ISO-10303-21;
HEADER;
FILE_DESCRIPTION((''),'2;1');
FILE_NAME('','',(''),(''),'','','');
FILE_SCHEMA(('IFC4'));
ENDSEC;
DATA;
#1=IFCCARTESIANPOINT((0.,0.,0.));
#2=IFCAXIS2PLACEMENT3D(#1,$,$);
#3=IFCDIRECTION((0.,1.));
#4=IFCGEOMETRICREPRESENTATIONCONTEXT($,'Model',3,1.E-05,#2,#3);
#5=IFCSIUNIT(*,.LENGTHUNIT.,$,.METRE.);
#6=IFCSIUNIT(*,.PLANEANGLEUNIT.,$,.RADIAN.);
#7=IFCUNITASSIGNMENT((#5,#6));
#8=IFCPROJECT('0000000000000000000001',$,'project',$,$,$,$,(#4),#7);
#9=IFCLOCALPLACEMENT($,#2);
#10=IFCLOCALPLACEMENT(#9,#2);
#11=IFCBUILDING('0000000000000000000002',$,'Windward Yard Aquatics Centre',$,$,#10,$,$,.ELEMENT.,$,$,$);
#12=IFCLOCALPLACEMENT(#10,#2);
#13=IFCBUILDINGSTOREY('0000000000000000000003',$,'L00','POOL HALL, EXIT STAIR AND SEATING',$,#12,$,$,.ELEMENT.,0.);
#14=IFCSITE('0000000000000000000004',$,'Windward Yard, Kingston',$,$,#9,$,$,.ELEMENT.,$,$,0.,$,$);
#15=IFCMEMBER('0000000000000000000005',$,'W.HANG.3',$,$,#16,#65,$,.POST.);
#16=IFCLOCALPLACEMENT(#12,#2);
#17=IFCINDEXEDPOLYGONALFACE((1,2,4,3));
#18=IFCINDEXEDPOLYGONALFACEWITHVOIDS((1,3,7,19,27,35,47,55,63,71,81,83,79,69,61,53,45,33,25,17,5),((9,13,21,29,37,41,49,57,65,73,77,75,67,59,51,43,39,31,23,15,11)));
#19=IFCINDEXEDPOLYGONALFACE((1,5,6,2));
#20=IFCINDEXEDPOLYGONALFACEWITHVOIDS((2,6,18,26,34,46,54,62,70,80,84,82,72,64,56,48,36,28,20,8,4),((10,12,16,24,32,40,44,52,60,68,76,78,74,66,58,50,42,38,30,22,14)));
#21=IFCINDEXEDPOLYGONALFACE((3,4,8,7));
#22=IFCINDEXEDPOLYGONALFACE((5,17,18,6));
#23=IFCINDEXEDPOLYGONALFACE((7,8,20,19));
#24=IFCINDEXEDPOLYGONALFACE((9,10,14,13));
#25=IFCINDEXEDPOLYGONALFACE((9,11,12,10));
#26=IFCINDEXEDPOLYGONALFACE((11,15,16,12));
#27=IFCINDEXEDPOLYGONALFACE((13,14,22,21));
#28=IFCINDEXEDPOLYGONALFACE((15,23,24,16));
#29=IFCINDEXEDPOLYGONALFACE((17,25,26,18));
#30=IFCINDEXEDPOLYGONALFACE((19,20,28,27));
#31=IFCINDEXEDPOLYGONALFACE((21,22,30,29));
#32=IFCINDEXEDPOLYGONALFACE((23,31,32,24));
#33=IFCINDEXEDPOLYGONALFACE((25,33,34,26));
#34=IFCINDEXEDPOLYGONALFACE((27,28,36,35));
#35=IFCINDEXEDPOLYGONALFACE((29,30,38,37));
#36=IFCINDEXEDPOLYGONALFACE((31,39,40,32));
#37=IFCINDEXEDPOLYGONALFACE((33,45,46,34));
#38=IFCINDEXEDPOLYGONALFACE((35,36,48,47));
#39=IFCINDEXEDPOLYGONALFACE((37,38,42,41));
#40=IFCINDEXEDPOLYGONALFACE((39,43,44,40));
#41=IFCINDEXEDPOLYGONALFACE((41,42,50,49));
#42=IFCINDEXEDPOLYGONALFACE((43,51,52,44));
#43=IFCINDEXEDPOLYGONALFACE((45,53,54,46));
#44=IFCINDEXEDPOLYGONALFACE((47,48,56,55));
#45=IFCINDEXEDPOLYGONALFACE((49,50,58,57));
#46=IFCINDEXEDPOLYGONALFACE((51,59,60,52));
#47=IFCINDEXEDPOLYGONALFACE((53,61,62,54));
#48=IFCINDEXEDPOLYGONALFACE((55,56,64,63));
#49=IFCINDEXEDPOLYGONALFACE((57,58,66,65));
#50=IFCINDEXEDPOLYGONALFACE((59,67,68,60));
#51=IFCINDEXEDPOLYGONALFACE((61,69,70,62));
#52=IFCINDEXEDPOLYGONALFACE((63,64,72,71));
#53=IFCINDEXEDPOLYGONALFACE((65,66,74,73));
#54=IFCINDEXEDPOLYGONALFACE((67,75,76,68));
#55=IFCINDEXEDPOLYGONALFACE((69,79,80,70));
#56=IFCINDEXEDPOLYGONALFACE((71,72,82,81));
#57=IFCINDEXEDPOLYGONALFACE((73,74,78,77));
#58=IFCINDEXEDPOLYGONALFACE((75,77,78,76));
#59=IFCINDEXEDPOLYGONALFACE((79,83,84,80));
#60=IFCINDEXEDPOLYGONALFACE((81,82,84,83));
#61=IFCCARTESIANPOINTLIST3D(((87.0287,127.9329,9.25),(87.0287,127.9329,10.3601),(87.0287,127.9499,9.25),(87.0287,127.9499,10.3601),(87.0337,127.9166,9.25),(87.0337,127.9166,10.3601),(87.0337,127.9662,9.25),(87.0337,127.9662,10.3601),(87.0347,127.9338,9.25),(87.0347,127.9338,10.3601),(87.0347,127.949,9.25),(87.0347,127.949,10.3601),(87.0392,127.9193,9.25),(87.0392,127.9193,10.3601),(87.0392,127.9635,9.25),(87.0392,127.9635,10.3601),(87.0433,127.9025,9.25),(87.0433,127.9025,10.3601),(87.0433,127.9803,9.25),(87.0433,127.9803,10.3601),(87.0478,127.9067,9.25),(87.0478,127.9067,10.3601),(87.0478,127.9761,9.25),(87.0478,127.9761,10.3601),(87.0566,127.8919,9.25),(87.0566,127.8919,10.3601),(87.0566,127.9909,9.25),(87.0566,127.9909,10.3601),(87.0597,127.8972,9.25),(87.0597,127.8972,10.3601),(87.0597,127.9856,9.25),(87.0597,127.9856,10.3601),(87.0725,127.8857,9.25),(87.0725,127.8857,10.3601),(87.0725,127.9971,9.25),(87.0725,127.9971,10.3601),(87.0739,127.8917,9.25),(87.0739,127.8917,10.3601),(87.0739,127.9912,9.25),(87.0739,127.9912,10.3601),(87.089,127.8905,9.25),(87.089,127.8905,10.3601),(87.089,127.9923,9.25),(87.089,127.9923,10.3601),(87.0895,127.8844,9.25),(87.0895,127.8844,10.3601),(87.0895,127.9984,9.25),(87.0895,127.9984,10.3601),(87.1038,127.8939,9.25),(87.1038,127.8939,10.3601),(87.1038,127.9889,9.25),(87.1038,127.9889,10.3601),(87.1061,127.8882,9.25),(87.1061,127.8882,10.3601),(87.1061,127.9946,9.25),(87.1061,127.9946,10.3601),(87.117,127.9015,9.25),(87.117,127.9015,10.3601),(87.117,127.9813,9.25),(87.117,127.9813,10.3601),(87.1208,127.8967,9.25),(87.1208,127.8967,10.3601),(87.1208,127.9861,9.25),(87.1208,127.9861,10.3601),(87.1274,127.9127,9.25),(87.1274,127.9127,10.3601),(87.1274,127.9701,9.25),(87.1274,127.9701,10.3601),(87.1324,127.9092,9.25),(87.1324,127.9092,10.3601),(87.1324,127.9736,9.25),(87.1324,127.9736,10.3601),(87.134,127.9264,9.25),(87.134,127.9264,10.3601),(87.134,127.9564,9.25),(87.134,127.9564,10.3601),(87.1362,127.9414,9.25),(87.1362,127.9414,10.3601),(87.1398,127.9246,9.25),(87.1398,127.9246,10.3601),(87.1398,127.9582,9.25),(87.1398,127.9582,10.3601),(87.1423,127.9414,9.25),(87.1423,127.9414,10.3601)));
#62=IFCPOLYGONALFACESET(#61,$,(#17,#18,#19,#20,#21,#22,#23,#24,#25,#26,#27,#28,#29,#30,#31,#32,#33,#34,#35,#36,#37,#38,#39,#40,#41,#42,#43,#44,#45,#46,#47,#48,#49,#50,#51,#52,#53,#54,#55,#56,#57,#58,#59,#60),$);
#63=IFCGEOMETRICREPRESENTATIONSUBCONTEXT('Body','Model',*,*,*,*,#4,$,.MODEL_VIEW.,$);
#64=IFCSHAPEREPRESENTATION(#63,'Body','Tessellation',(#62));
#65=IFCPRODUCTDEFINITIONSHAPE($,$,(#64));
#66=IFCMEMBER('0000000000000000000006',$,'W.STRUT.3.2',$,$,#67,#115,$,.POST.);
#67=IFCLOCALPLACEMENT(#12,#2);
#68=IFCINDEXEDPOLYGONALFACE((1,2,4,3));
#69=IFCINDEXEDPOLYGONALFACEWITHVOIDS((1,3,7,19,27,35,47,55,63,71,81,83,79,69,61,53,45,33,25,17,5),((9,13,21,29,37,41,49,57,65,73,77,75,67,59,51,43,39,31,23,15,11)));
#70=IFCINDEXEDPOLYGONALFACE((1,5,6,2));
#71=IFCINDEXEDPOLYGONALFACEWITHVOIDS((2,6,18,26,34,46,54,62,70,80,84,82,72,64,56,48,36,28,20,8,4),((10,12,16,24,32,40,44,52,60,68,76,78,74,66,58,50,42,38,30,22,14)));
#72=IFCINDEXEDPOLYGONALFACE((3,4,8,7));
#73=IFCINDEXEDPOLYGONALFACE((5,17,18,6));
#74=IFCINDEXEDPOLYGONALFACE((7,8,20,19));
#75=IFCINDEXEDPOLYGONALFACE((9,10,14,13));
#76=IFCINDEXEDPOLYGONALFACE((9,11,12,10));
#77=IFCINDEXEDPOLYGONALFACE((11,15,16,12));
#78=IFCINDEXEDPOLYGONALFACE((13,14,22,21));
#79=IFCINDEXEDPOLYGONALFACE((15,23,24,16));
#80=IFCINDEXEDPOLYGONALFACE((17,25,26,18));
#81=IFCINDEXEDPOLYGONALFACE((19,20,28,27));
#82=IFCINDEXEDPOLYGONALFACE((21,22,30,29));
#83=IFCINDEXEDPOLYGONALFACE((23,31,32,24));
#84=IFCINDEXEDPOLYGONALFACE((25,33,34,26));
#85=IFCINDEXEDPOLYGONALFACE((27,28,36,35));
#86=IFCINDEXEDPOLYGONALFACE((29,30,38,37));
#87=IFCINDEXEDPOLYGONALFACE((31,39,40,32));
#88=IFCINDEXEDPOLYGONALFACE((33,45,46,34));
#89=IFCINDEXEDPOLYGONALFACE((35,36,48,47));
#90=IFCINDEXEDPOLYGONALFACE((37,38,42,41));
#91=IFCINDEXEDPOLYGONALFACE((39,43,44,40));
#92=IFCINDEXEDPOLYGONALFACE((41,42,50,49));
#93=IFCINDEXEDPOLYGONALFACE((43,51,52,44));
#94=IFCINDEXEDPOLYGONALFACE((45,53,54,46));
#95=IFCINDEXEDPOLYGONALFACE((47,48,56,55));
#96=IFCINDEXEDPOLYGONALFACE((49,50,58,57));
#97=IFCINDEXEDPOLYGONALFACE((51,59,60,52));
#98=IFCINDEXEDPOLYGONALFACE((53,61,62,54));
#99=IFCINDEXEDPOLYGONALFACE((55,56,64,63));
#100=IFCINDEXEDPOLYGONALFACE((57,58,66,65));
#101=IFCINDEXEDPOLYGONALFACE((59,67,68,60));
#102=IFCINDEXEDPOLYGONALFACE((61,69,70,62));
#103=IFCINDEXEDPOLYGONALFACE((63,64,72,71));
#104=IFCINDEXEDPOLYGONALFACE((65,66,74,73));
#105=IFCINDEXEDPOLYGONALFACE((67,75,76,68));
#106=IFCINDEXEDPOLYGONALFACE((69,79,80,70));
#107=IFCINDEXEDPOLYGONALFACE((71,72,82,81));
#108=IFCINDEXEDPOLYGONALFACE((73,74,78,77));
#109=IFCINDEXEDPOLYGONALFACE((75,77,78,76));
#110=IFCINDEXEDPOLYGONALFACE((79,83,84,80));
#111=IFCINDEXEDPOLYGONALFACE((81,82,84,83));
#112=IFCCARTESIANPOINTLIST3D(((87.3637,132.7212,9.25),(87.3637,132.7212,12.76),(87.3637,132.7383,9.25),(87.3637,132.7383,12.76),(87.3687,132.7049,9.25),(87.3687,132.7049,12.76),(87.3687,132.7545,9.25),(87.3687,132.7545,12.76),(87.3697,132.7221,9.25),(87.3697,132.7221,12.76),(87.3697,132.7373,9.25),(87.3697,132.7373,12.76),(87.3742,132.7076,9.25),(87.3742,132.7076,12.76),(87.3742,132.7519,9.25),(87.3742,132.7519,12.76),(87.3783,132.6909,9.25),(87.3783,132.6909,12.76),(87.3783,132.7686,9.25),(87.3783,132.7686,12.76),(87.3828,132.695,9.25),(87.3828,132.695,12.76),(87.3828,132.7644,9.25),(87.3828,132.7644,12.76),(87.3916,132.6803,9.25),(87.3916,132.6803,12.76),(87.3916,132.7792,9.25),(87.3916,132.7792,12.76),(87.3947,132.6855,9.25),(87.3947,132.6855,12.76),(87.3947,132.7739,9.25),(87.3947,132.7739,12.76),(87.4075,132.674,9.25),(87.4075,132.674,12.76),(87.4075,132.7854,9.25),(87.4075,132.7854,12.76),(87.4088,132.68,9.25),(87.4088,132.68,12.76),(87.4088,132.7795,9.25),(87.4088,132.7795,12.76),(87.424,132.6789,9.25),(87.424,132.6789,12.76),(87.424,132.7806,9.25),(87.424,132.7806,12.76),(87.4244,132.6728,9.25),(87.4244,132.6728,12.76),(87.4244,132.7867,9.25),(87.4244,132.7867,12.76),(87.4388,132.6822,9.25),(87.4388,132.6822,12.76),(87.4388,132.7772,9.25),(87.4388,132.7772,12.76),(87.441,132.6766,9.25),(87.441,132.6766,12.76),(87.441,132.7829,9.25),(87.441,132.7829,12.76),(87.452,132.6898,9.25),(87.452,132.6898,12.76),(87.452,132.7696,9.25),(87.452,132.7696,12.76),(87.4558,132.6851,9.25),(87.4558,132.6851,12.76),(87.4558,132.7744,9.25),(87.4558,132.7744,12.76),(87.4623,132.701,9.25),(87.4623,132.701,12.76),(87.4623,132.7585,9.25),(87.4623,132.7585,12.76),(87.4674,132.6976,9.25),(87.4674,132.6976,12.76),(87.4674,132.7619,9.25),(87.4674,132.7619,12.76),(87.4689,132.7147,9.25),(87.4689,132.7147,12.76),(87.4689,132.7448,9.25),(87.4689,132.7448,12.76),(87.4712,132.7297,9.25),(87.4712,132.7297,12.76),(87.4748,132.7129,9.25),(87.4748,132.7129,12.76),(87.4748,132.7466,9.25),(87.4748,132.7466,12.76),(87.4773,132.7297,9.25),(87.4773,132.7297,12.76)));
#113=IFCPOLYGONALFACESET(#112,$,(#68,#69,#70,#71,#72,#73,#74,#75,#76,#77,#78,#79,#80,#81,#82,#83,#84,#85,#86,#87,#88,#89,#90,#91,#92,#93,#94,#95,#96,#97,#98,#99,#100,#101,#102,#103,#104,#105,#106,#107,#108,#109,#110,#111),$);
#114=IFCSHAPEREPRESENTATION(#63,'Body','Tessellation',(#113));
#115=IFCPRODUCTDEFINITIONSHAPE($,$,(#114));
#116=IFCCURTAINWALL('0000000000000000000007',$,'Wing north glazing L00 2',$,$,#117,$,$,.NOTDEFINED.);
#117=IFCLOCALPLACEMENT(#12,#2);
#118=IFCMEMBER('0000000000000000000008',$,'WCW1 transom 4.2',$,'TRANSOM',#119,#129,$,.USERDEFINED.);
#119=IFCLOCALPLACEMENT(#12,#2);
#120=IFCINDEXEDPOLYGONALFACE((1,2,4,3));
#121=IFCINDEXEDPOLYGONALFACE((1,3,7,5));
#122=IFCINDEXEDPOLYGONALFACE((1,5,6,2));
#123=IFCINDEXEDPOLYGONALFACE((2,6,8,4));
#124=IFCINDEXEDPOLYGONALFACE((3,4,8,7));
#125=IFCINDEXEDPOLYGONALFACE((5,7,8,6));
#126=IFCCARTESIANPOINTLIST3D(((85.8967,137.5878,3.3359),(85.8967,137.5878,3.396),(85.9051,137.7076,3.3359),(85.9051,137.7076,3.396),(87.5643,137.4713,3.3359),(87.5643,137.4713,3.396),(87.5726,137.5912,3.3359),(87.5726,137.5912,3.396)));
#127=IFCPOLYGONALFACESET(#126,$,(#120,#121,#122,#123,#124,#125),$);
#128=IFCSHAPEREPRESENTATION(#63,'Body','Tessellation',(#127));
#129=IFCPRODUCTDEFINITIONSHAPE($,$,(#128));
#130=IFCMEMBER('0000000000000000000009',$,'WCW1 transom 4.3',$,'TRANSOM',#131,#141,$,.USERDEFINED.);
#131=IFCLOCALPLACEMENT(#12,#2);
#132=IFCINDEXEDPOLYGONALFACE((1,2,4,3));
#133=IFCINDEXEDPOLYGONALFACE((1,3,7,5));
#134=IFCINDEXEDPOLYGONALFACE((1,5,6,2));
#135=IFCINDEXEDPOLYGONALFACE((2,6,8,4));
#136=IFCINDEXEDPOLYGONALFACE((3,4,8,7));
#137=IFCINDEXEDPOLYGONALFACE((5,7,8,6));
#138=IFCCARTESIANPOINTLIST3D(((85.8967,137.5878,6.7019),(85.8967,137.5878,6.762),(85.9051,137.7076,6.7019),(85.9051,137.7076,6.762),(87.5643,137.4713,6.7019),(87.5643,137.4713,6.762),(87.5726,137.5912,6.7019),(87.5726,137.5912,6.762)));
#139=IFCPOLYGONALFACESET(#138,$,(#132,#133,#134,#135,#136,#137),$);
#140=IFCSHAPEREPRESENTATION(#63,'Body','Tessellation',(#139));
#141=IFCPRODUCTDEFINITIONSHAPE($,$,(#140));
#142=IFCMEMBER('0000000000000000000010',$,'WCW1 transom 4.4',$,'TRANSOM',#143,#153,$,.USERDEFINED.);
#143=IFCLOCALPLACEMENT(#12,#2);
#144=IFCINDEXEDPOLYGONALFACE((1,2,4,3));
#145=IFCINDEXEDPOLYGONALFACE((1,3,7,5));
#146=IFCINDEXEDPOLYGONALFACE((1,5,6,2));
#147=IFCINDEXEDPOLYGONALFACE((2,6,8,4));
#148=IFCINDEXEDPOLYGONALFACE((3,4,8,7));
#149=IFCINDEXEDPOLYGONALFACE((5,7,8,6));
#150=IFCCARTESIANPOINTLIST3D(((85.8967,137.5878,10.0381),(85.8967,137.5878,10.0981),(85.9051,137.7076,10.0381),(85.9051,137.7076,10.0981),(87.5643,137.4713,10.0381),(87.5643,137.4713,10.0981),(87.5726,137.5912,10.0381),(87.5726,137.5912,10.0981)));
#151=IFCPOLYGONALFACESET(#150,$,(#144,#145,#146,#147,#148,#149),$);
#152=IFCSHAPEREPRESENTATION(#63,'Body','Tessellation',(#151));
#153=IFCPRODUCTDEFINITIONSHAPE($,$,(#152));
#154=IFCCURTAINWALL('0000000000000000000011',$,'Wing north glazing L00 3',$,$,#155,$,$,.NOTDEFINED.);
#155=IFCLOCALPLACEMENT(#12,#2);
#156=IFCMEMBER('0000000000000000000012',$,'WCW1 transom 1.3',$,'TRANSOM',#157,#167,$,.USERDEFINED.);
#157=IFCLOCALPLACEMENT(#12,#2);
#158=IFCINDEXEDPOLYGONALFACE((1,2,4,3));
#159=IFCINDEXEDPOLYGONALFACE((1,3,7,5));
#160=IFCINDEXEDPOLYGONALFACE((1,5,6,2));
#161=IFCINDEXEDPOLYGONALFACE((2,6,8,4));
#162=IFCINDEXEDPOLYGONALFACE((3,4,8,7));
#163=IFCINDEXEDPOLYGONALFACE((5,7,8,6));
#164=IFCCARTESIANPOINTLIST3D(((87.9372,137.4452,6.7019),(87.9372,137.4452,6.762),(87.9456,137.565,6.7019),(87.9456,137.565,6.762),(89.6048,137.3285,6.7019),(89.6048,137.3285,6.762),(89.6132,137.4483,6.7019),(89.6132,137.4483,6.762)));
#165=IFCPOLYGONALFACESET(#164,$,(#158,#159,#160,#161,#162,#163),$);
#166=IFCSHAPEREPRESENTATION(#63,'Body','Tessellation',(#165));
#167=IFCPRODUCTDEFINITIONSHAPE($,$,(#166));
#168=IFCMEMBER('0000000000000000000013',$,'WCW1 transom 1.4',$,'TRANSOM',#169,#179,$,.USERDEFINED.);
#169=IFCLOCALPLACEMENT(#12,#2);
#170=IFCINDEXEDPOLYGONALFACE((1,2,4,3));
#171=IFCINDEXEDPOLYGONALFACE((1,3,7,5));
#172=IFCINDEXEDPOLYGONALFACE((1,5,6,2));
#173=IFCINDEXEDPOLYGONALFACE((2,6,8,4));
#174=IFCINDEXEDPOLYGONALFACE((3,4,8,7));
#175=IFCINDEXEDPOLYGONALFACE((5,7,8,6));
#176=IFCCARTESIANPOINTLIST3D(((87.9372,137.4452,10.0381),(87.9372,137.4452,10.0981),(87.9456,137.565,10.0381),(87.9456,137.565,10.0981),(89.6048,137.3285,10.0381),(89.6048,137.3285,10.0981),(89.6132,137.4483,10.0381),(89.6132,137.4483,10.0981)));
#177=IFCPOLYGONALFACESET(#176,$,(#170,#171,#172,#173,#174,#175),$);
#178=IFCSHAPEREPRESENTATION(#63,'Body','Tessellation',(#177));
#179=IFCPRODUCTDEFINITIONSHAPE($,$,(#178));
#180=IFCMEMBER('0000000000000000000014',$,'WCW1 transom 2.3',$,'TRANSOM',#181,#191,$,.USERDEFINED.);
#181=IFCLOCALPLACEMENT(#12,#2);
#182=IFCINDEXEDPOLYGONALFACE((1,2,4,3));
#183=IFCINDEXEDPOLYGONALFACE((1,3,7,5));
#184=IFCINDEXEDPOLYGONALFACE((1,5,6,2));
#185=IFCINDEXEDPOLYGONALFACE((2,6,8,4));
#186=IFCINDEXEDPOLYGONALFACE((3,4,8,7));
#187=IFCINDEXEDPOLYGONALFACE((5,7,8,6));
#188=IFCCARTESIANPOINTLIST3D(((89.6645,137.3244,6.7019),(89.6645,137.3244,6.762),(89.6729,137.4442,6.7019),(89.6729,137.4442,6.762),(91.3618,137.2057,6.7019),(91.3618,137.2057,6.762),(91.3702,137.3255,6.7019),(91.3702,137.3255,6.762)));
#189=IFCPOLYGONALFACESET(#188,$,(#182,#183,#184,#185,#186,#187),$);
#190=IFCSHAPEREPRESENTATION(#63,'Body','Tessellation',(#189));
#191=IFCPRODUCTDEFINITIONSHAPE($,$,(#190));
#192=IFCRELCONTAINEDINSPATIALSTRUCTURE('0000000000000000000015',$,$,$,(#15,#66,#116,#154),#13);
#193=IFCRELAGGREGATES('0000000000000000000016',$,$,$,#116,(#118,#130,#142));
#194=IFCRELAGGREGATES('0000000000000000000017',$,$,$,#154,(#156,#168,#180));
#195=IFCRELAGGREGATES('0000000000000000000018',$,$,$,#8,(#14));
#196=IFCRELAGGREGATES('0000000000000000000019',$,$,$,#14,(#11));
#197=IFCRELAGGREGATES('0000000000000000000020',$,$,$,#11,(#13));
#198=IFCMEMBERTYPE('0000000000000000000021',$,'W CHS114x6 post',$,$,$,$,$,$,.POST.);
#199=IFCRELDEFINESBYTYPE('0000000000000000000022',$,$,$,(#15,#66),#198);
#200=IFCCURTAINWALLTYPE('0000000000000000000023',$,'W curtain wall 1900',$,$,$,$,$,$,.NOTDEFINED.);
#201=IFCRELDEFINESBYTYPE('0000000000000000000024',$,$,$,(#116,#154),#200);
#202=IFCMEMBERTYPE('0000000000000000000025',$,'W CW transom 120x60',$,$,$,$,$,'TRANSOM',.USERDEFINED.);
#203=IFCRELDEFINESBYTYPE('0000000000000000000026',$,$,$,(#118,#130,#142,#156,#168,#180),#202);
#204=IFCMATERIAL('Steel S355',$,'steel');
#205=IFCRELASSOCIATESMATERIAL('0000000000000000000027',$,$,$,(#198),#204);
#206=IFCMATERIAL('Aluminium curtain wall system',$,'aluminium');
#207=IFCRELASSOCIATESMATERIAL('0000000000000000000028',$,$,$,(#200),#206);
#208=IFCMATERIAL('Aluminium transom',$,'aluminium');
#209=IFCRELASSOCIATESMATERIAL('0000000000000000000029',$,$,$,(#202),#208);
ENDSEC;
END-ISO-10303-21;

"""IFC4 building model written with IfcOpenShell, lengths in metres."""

from ifc_helpers import new_model, si_unit, direction, frame, origin, origin_2d, place, context, subcontext, project, spatial, rectangle, hollow_circle, extrude, material, material_profile, profile_set, type_object, element, aggregate, save


model = new_model("IFC4")

# Units and contexts
model_context = context("Model", 3, precision=1e-05, world=origin(), true_north=direction((0.0, 1.0)))
body_context = subcontext(model_context, "Body", "Model", "MODEL_VIEW")
ifc_project = project(units=[si_unit("LENGTHUNIT", "METRE"), si_unit("PLANEANGLEUNIT", "RADIAN")], contexts=[model_context])

# Site, building, storey
site_placement = place(None, origin())
site = spatial("IfcSite", under=ifc_project, at=site_placement, Name="Windward Yard, Kingston", CompositionType="ELEMENT", RefElevation=0.0)
building_placement = place(site_placement, origin())
building = spatial("IfcBuilding", under=site, at=building_placement, Name="Windward Yard Aquatics Centre", CompositionType="ELEMENT")
storey_placement = place(building_placement, origin())
storey = spatial("IfcBuildingStorey", under=building, at=storey_placement, Name="L00", Description="POOL HALL, EXIT STAIR AND SEATING", CompositionType="ELEMENT", Elevation=0.0)

# Members
ifc_material_1 = material(Name="Steel S355", Category="steel")
ifc_material_profile_1 = material_profile(ifc_material_1, hollow_circle(Radius=0.0571, WallThickness=0.0061, at=origin_2d()), Name="CHS114x6")
ifc_profile_set_1 = profile_set([ifc_material_profile_1], Name="Steel S355")
member_type_1 = type_object("IfcMemberType", Name="W CHS114x6 post", PredefinedType="POST", material=ifc_profile_set_1)
member_1_placement = place(storey_placement, frame((87.0852, 127.9414, 9.25), z_axis=(0.0, 0.0, 1.0), x_axis=(1.0, 0.0, 0.0)))
element("IfcMember", 1, at=member_1_placement, inside=storey, type_object=member_type_1, Name="W.HANG.3", PredefinedType="POST", context=body_context, shape_type="SweptSolid", body=[
    extrude(hollow_circle(Radius=0.0571, WallThickness=0.0061, at=origin_2d()), origin(), (0.0, 0.0, 1.0), 1.1101),
])
member_2_placement = place(storey_placement, frame((87.4202, 132.7297, 9.25), z_axis=(0.0, 0.0, 1.0), x_axis=(1.0, 0.0, 0.0)))
element("IfcMember", 2, at=member_2_placement, inside=storey, type_object=member_type_1, Name="W.STRUT.3.2", PredefinedType="POST", context=body_context, shape_type="SweptSolid", body=[
    extrude(hollow_circle(Radius=0.0571, WallThickness=0.0061, at=origin_2d()), origin(), (0.0, 0.0, 1.0), 3.51),
])

# Curtain walls, members
ifc_material_2 = material(Name="Aluminium curtain wall system", Category="aluminium")
curtain_wall_type = type_object("IfcCurtainWallType", Name="W curtain wall 1900", PredefinedType="NOTDEFINED", material=ifc_material_2)
curtain_wall_1_placement = place(storey_placement, origin())
curtain_wall_1 = element("IfcCurtainWall", 3, at=curtain_wall_1_placement, inside=storey, type_object=curtain_wall_type, Name="Wing north glazing L00 2", PredefinedType="NOTDEFINED")
ifc_material_3 = material(Name="Aluminium transom", Category="aluminium")
ifc_material_profile_2 = material_profile(ifc_material_3, rectangle(XDim=0.1201, YDim=0.0601, at=origin_2d()), Name="AL 120x60")
ifc_profile_set_2 = profile_set([ifc_material_profile_2], Name="Aluminium transom")
member_type_2 = type_object("IfcMemberType", Name="W CW transom 120x60", ElementType="TRANSOM", PredefinedType="USERDEFINED", material=ifc_profile_set_2)
member_3_placement = place(storey_placement, frame((85.9009, 137.6477, 3.366), z_axis=(0.99757, -0.069669, 0.0), x_axis=(0.069669, 0.99757, 0.0)))
member_3 = element("IfcMember", 4, at=member_3_placement, type_object=member_type_2, Name="WCW1 transom 4.2", ObjectType="TRANSOM", PredefinedType="USERDEFINED", context=body_context, shape_type="SweptSolid", body=[
    extrude(rectangle(XDim=0.1201, YDim=0.0601, at=origin_2d()), origin(), (0.0, 0.0, 1.0), 1.6716),
])
member_4_placement = place(storey_placement, frame((85.9009, 137.6477, 6.7319), z_axis=(0.99757, -0.069669, 0.0), x_axis=(0.069669, 0.99757, 0.0)))
member_4 = element("IfcMember", 5, at=member_4_placement, type_object=member_type_2, Name="WCW1 transom 4.3", ObjectType="TRANSOM", PredefinedType="USERDEFINED", context=body_context, shape_type="SweptSolid", body=[
    extrude(rectangle(XDim=0.1201, YDim=0.0601, at=origin_2d()), origin(), (0.0, 0.0, 1.0), 1.6716),
])
member_5_placement = place(storey_placement, frame((85.9009, 137.6477, 10.0681), z_axis=(0.99757, -0.069669, 0.0), x_axis=(0.069669, 0.99757, 0.0)))
member_5 = element("IfcMember", 6, at=member_5_placement, type_object=member_type_2, Name="WCW1 transom 4.4", ObjectType="TRANSOM", PredefinedType="USERDEFINED", context=body_context, shape_type="SweptSolid", body=[
    extrude(rectangle(XDim=0.1201, YDim=0.0601, at=origin_2d()), origin(), (0.0, 0.0, 1.0), 1.6716),
])
curtain_wall_2_placement = place(storey_placement, origin())
curtain_wall_2 = element("IfcCurtainWall", 7, at=curtain_wall_2_placement, inside=storey, type_object=curtain_wall_type, Name="Wing north glazing L00 3", PredefinedType="NOTDEFINED")
member_6_placement = place(storey_placement, frame((87.9414, 137.5051, 6.7319), z_axis=(0.99756, -0.069815, 0.0), x_axis=(0.069815, 0.99756, 0.0)))
member_6 = element("IfcMember", 8, at=member_6_placement, type_object=member_type_2, Name="WCW1 transom 1.3", ObjectType="TRANSOM", PredefinedType="USERDEFINED", context=body_context, shape_type="SweptSolid", body=[
    extrude(rectangle(XDim=0.1201, YDim=0.0601, at=origin_2d()), origin(), (0.0, 0.0, 1.0), 1.6716),
])
member_7_placement = place(storey_placement, frame((87.9414, 137.5051, 10.0681), z_axis=(0.99756, -0.069815, 0.0), x_axis=(0.069815, 0.99756, 0.0)))
member_7 = element("IfcMember", 9, at=member_7_placement, type_object=member_type_2, Name="WCW1 transom 1.4", ObjectType="TRANSOM", PredefinedType="USERDEFINED", context=body_context, shape_type="SweptSolid", body=[
    extrude(rectangle(XDim=0.1201, YDim=0.0601, at=origin_2d()), origin(), (0.0, 0.0, 1.0), 1.6716),
])
member_8_placement = place(storey_placement, frame((89.6687, 137.3843, 6.7319), z_axis=(0.997565, -0.069738, 0.0), x_axis=(0.069738, 0.997565, 0.0)))
member_8 = element("IfcMember", 10, at=member_8_placement, type_object=member_type_2, Name="WCW1 transom 2.3", ObjectType="TRANSOM", PredefinedType="USERDEFINED", context=body_context, shape_type="SweptSolid", body=[
    extrude(rectangle(XDim=0.1201, YDim=0.0601, at=origin_2d()), origin(), (0.0, 0.0, 1.0), 1.7014),
])

aggregate(curtain_wall_1, [member_3, member_4, member_5])
aggregate(curtain_wall_2, [member_6, member_7, member_8])

save(model, "model.ifc")
